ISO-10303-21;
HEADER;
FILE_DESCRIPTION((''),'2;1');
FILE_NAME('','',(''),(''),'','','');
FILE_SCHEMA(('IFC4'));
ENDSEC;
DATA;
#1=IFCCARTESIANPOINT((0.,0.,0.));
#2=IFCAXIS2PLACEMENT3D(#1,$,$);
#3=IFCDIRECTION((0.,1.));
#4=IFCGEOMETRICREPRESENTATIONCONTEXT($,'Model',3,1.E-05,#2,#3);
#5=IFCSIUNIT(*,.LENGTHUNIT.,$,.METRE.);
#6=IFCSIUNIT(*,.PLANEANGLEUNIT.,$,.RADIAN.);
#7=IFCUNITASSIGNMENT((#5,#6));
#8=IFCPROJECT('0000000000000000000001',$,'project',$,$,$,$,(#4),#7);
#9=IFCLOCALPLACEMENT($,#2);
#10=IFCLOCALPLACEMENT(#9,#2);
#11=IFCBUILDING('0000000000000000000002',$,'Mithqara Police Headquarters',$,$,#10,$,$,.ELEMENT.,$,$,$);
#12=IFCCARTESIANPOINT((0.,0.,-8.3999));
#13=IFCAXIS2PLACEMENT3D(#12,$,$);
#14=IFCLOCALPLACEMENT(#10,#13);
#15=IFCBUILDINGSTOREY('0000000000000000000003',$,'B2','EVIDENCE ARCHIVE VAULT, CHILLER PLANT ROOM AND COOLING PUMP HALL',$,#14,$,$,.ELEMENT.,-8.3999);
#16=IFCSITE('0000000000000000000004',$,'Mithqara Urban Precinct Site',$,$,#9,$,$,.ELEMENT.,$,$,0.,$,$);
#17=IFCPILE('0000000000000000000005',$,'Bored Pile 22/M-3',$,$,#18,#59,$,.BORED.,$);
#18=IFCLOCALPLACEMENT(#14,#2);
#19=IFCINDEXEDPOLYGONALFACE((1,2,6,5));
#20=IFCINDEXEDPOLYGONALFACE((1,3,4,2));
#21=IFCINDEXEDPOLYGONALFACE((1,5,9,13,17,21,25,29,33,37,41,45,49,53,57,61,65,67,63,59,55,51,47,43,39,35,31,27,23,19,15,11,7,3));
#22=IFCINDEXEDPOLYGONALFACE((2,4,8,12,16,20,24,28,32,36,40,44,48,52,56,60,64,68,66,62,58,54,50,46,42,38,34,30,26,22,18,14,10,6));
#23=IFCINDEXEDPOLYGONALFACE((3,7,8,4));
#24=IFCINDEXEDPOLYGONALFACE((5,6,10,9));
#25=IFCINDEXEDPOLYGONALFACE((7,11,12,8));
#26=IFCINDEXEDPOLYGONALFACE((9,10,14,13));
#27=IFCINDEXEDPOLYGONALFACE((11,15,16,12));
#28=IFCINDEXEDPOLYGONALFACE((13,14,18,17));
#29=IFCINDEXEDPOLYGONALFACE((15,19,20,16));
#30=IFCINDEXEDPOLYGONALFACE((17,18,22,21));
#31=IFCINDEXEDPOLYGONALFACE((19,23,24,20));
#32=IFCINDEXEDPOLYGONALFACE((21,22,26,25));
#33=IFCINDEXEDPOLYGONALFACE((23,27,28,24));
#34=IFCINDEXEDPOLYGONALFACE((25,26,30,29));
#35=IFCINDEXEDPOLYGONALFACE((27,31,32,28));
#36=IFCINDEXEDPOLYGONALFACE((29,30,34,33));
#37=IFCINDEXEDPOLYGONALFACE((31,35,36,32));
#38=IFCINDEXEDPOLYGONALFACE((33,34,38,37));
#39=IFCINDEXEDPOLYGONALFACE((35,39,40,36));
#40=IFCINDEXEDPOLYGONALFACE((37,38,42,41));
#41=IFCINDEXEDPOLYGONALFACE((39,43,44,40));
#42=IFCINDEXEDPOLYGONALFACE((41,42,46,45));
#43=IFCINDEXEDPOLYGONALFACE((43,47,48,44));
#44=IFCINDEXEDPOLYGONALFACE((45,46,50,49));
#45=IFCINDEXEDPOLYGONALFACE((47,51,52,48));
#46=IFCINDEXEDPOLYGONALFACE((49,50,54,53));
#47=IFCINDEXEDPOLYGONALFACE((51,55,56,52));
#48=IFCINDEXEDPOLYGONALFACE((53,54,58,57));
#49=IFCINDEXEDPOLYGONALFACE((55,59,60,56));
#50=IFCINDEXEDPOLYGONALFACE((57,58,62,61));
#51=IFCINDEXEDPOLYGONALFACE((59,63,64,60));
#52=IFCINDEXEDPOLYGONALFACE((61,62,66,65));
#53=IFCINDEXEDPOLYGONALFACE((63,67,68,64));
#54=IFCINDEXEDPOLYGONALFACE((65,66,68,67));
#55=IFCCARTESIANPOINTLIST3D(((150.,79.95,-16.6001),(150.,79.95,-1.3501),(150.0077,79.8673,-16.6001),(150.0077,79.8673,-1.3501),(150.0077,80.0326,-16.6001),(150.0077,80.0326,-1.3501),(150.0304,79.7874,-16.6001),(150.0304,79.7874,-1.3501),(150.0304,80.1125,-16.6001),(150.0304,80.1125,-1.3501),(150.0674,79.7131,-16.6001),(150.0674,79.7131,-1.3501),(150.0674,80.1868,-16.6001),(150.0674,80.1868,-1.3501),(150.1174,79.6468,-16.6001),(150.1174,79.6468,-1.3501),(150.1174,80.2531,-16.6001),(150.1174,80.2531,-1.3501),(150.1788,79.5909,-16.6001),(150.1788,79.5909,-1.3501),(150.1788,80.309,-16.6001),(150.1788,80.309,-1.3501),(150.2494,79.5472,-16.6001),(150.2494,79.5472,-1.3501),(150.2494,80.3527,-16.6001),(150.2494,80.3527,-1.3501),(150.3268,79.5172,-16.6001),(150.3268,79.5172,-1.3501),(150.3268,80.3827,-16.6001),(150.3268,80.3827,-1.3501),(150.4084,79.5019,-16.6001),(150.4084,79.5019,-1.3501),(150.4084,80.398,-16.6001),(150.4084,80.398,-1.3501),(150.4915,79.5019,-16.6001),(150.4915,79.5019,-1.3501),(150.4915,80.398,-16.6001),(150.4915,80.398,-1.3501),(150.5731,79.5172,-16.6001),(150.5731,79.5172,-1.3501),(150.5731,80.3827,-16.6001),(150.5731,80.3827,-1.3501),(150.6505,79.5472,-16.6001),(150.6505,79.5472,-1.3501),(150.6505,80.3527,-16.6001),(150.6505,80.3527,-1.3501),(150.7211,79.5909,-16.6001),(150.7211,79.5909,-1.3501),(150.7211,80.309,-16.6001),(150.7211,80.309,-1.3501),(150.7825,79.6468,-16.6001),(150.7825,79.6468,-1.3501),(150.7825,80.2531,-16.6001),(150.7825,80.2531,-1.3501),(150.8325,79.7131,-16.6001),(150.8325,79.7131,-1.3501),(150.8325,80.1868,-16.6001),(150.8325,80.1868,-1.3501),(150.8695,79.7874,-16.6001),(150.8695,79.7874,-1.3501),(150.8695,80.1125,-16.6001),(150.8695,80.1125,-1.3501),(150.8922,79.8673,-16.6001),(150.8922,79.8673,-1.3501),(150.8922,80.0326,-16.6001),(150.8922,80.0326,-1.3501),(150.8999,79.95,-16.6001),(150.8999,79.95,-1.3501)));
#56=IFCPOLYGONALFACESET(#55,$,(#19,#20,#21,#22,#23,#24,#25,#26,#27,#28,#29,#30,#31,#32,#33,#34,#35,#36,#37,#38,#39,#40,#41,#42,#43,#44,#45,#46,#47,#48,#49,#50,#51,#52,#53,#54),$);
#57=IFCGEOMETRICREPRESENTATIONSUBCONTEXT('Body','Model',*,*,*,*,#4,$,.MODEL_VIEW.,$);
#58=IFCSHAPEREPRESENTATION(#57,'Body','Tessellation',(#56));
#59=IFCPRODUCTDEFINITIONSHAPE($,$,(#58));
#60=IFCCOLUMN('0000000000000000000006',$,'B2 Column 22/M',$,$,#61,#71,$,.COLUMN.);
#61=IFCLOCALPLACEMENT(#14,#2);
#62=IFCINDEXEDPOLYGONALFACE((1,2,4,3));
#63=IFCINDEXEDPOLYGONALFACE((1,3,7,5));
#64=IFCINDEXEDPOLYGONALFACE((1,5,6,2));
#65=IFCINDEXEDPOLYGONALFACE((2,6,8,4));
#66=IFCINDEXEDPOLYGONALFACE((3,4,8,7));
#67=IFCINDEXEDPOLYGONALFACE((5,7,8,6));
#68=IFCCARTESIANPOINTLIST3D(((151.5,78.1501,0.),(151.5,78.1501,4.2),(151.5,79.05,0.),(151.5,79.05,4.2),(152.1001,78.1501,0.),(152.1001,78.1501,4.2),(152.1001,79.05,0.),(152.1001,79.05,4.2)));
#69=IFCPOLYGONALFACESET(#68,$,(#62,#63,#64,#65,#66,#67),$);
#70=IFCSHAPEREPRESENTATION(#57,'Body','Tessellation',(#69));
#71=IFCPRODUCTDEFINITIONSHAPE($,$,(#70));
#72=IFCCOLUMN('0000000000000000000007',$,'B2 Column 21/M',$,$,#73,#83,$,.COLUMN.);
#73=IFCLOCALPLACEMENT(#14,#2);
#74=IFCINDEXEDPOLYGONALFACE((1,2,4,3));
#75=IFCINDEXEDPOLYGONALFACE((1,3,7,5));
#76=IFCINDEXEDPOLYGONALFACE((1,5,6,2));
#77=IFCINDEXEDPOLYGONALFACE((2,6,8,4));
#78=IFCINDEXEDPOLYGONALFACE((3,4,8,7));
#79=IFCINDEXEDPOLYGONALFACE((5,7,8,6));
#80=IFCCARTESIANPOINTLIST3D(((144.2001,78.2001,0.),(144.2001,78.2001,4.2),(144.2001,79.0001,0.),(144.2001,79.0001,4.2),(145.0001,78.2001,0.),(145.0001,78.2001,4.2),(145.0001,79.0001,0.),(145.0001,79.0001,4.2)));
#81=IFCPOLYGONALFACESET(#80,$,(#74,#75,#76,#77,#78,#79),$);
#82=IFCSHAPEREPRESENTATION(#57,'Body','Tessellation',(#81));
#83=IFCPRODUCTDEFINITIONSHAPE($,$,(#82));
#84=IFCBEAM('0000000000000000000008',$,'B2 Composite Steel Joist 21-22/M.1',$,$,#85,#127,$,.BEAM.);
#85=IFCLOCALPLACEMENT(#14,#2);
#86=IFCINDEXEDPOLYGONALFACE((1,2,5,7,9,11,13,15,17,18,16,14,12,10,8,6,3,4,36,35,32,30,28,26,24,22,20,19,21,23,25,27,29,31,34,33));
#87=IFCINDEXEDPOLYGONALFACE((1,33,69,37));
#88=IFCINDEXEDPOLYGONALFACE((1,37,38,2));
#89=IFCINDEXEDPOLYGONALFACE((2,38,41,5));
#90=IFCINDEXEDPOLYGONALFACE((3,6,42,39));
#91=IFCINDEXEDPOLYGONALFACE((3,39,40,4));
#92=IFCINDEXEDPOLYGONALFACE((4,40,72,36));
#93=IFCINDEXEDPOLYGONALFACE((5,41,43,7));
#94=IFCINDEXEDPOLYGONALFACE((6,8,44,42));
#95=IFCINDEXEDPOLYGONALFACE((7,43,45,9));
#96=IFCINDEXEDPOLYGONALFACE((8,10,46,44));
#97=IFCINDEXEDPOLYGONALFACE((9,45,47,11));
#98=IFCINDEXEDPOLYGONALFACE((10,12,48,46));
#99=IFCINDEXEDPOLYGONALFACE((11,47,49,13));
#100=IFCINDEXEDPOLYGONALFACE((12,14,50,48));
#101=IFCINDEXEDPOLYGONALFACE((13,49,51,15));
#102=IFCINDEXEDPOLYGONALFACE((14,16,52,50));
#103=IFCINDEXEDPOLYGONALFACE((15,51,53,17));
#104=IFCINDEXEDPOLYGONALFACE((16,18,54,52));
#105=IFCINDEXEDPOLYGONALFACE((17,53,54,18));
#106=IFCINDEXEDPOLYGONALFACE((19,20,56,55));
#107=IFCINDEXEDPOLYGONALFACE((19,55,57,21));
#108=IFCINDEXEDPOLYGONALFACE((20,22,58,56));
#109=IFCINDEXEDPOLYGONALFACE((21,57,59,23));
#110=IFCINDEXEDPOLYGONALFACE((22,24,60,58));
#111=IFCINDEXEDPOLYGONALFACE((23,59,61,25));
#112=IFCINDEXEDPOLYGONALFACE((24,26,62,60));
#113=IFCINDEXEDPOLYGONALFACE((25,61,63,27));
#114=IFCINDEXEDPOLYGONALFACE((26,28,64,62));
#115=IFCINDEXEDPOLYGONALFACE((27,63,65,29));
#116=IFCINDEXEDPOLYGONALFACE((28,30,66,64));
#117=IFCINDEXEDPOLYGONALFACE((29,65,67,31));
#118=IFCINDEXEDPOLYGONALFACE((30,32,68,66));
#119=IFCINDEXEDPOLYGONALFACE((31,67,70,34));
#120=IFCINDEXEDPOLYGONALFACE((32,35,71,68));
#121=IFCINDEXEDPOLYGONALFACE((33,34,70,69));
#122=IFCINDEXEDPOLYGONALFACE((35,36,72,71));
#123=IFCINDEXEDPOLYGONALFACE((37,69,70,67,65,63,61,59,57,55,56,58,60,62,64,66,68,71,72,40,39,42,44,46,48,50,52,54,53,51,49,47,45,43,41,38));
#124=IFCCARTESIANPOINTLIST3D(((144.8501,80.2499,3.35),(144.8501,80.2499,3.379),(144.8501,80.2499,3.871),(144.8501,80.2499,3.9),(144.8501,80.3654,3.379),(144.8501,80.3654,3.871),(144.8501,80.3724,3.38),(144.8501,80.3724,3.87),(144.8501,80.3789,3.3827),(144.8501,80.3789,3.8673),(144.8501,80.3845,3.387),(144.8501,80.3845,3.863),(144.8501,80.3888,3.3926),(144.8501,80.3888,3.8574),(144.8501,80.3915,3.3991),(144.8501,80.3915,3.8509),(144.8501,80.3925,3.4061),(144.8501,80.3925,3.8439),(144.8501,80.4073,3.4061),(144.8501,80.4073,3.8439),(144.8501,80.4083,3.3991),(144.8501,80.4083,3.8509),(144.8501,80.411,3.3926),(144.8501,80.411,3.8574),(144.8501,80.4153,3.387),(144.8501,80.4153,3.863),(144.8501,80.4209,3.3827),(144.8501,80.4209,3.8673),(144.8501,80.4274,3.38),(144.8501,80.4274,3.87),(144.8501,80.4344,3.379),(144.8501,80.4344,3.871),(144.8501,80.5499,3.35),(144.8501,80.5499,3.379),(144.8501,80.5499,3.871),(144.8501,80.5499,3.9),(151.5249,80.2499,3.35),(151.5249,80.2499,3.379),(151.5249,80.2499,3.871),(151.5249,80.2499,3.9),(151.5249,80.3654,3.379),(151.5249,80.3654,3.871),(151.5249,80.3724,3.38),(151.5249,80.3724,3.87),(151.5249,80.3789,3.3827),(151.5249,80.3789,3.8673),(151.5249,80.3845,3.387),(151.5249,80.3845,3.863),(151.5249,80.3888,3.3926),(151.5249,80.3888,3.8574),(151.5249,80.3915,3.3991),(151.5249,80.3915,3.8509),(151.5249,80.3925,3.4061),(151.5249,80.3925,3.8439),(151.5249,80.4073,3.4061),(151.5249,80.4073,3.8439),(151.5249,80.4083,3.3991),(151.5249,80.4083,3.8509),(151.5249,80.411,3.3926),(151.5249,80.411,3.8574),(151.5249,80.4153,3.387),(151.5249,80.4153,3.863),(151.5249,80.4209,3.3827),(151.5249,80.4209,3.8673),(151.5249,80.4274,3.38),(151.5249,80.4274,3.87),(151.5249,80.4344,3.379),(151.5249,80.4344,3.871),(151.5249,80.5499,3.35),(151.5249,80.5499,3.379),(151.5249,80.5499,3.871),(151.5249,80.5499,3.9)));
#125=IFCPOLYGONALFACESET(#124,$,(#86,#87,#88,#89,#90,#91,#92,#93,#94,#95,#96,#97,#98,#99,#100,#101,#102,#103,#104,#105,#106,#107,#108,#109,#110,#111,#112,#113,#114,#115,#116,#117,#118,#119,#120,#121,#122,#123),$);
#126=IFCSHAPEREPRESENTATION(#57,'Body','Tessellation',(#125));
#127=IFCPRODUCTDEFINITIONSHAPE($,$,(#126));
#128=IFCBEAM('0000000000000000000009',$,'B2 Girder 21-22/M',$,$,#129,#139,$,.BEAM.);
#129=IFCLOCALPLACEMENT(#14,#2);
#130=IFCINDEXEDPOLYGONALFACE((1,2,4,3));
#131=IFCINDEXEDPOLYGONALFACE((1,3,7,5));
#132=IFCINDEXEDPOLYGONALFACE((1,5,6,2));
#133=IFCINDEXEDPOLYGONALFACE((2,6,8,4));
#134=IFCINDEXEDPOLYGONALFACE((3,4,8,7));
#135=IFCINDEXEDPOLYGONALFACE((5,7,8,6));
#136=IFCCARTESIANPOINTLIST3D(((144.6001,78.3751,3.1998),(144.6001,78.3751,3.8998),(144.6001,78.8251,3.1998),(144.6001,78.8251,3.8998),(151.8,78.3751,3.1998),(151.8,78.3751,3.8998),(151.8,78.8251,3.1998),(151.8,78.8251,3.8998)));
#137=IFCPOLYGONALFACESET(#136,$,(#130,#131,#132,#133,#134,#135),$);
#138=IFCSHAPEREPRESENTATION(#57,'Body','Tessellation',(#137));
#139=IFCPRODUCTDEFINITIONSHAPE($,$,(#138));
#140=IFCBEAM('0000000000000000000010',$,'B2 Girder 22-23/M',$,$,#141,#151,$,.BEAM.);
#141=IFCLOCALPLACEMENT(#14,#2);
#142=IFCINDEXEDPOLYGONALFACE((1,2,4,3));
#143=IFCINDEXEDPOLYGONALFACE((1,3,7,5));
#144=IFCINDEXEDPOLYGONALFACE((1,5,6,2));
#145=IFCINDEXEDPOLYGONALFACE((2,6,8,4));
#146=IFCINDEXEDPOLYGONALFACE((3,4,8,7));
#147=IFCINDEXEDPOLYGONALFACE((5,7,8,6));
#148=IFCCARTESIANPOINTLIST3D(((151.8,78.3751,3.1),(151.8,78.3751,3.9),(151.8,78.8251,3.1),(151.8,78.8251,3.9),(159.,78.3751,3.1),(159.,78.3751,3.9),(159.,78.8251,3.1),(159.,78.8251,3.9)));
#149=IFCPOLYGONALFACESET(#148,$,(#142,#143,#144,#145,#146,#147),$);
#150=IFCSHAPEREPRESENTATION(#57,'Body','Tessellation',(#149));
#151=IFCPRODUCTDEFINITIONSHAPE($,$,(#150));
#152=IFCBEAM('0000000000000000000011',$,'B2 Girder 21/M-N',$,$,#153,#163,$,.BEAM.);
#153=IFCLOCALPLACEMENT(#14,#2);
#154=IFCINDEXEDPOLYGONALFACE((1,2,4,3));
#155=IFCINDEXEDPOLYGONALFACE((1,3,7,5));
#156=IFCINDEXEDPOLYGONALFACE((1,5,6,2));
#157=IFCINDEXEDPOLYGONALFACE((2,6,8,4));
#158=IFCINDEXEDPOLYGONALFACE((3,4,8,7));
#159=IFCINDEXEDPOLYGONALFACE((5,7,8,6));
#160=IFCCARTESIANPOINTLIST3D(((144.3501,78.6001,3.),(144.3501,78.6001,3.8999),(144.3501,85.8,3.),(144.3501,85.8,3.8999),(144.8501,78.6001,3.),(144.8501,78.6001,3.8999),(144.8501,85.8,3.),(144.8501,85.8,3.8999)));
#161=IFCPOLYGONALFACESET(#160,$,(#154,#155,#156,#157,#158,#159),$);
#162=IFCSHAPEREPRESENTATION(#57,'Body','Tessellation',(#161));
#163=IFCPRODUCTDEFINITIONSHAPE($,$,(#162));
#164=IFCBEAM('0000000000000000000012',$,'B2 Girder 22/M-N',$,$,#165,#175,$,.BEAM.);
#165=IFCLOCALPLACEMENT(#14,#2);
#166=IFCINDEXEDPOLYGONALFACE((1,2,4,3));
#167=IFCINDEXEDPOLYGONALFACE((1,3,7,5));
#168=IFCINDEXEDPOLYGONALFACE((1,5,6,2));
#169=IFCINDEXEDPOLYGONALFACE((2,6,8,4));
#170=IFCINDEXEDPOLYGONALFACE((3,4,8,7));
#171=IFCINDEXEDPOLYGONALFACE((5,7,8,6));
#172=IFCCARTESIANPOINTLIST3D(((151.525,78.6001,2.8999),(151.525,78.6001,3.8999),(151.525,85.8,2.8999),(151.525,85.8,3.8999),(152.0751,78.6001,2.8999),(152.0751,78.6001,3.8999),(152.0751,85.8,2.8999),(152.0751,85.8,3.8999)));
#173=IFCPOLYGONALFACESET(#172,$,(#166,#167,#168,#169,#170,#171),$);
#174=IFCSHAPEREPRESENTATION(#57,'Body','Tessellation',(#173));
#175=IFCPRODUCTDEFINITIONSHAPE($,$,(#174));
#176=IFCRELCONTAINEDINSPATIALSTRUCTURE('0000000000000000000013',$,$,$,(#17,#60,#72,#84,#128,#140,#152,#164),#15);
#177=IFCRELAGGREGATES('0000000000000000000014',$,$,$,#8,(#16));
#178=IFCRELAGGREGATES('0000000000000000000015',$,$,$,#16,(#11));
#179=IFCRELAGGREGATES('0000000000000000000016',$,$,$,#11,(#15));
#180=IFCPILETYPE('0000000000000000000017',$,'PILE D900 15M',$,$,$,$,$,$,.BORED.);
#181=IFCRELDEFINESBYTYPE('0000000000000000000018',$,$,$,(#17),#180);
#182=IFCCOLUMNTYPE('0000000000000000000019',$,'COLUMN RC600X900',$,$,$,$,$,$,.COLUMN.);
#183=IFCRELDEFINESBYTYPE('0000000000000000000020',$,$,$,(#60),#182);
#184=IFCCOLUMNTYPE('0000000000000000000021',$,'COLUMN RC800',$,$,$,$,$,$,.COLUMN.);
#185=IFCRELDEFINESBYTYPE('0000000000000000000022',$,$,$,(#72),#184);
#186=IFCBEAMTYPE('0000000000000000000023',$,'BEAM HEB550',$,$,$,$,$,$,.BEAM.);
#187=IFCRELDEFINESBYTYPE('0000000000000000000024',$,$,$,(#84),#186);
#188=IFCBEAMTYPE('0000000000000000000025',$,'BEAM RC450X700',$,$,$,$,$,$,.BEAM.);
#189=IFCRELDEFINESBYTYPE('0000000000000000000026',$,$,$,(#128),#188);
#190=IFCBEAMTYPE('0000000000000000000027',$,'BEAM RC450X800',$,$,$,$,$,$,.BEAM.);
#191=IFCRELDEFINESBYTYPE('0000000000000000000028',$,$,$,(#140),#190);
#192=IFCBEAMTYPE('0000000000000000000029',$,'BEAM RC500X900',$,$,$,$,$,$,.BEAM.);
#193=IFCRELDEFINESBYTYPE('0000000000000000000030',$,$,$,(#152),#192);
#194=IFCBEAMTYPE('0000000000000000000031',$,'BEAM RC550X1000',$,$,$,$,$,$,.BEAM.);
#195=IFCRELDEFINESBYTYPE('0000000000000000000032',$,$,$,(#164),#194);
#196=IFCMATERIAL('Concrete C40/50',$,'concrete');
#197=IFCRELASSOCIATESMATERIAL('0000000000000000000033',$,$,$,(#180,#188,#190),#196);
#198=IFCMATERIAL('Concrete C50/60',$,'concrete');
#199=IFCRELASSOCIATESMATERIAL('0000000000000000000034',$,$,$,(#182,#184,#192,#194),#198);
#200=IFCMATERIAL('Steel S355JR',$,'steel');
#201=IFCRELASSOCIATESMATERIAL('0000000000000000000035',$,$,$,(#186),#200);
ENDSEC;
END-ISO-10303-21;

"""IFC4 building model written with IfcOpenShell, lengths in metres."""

from ifc_helpers import new_model, si_unit, direction, frame, origin, origin_2d, place, context, subcontext, project, spatial, rectangle, circle, i_section, extrude, material, material_profile, profile_set, type_object, element, save


model = new_model("IFC4")

# Units and contexts
model_context = context("Model", 3, precision=1e-05, world=origin(), true_north=direction((0.0, 1.0)))
body_context = subcontext(model_context, "Body", "Model", "MODEL_VIEW")
ifc_project = project(units=[si_unit("LENGTHUNIT", "METRE"), si_unit("PLANEANGLEUNIT", "RADIAN")], contexts=[model_context])

# Site, building, storey
site_placement = place(None, origin())
site = spatial("IfcSite", under=ifc_project, at=site_placement, Name="Mithqara Urban Precinct Site", CompositionType="ELEMENT", RefElevation=0.0)
building_placement = place(site_placement, origin())
building = spatial("IfcBuilding", under=site, at=building_placement, Name="Mithqara Police Headquarters", CompositionType="ELEMENT")
storey_placement = place(building_placement, frame((0.0, 0.0, -8.3999)))
storey = spatial("IfcBuildingStorey", under=building, at=storey_placement, Name="B2", Description="EVIDENCE ARCHIVE VAULT, CHILLER PLANT ROOM AND COOLING PUMP HALL", CompositionType="ELEMENT", Elevation=-8.3999)

# Shared definitions
ifc_material_1 = material(Name="Concrete C40/50", Category="concrete")

# Pile
ifc_material_profile_1 = material_profile(ifc_material_1, circle(Radius=0.45, at=origin_2d()), Name="PILE D900")
ifc_profile_set_1 = profile_set([ifc_material_profile_1], Name="Concrete C40/50")
pile_type = type_object("IfcPileType", Name="PILE D900 15M", PredefinedType="BORED", material=ifc_profile_set_1)
for number, where, z_axis, x_axis, name in (
    (1, (150.45, 79.95, -1.3501), (0.0, 0.0, -1.0), (1.0, 0.0, 0.0), "Bored Pile 22/M-3"),
):
    element("IfcPile", number, at=place(storey_placement, frame(where, z_axis=z_axis, x_axis=x_axis)), inside=storey, type_object=pile_type, Name=name, PredefinedType="BORED", context=body_context, shape_type="SweptSolid", body=[
        extrude(circle(Radius=0.45, at=origin_2d()), origin(), (0.0, 0.0, 1.0), 15.25),
    ])

# Columns
ifc_material_2 = material(Name="Concrete C50/60", Category="concrete")
ifc_material_profile_2 = material_profile(ifc_material_2, rectangle(XDim=0.6001, YDim=0.8999, at=origin_2d()), Name="RC 600x900")
ifc_profile_set_2 = profile_set([ifc_material_profile_2], Name="Concrete C50/60")
column_type_1 = type_object("IfcColumnType", Name="COLUMN RC600X900", PredefinedType="COLUMN", material=ifc_profile_set_2)
column_1_placement = place(storey_placement, frame((151.8, 78.6001, 0.0), z_axis=(0.0, 0.0, 1.0), x_axis=(1.0, 0.0, 0.0)))
element("IfcColumn", 2, at=column_1_placement, inside=storey, type_object=column_type_1, Name="B2 Column 22/M", PredefinedType="COLUMN", context=body_context, shape_type="SweptSolid", body=[
    extrude(rectangle(XDim=0.6001, YDim=0.8999, at=origin_2d()), origin(), (0.0, 0.0, 1.0), 4.2),
])
ifc_material_profile_3 = material_profile(ifc_material_2, rectangle(XDim=0.8, YDim=0.8, at=origin_2d()), Name="RC 800x800")
ifc_profile_set_3 = profile_set([ifc_material_profile_3], Name="Concrete C50/60")
column_type_2 = type_object("IfcColumnType", Name="COLUMN RC800", PredefinedType="COLUMN", material=ifc_profile_set_3)
column_2_placement = place(storey_placement, frame((144.6001, 78.6001, 0.0), z_axis=(0.0, 0.0, 1.0), x_axis=(1.0, 0.0, 0.0)))
element("IfcColumn", 3, at=column_2_placement, inside=storey, type_object=column_type_2, Name="B2 Column 21/M", PredefinedType="COLUMN", context=body_context, shape_type="SweptSolid", body=[
    extrude(rectangle(XDim=0.8, YDim=0.8, at=origin_2d()), origin(), (0.0, 0.0, 1.0), 4.2),
])

# Beams
ifc_material_3 = material(Name="Steel S355JR", Category="steel")
ifc_material_profile_4 = material_profile(ifc_material_3, i_section(OverallWidth=0.3, OverallDepth=0.55, WebThickness=0.0149, FlangeThickness=0.0291, FilletRadius=0.0271, at=origin_2d()), Name="HEB 550")
ifc_profile_set_4 = profile_set([ifc_material_profile_4], Name="Steel S355JR")
beam_type_1 = type_object("IfcBeamType", Name="BEAM HEB550", PredefinedType="BEAM", material=ifc_profile_set_4)
beam_1_placement = place(storey_placement, frame((144.8501, 80.3999, 3.625), z_axis=(1.0, 0.0, 0.0), x_axis=(0.0, 1.0, 0.0)))
element("IfcBeam", 4, at=beam_1_placement, inside=storey, type_object=beam_type_1, Name="B2 Composite Steel Joist 21-22/M.1", PredefinedType="BEAM", context=body_context, shape_type="SweptSolid", body=[
    extrude(i_section(OverallWidth=0.3, OverallDepth=0.55, WebThickness=0.0149, FlangeThickness=0.0291, FilletRadius=0.0271, at=origin_2d()), origin(), (0.0, 0.0, 1.0), 6.6748),
])
ifc_material_profile_5 = material_profile(ifc_material_1, rectangle(XDim=0.45, YDim=0.7, at=origin_2d()), Name="RC 450x700")
ifc_profile_set_5 = profile_set([ifc_material_profile_5], Name="Concrete C40/50")
beam_type_2 = type_object("IfcBeamType", Name="BEAM RC450X700", PredefinedType="BEAM", material=ifc_profile_set_5)
beam_2_placement = place(storey_placement, frame((144.6001, 78.6001, 3.5498), z_axis=(1.0, 0.0, 0.0), x_axis=(0.0, 1.0, 0.0)))
element("IfcBeam", 5, at=beam_2_placement, inside=storey, type_object=beam_type_2, Name="B2 Girder 21-22/M", PredefinedType="BEAM", context=body_context, shape_type="SweptSolid", body=[
    extrude(rectangle(XDim=0.45, YDim=0.7, at=origin_2d()), origin(), (0.0, 0.0, 1.0), 7.2),
])
ifc_material_profile_6 = material_profile(ifc_material_1, rectangle(XDim=0.45, YDim=0.8, at=origin_2d()), Name="RC 450x800")
ifc_profile_set_6 = profile_set([ifc_material_profile_6], Name="Concrete C40/50")
beam_type_3 = type_object("IfcBeamType", Name="BEAM RC450X800", PredefinedType="BEAM", material=ifc_profile_set_6)
beam_3_placement = place(storey_placement, frame((151.8, 78.6001, 3.5), z_axis=(1.0, 0.0, 0.0), x_axis=(0.0, 1.0, 0.0)))
element("IfcBeam", 6, at=beam_3_placement, inside=storey, type_object=beam_type_3, Name="B2 Girder 22-23/M", PredefinedType="BEAM", context=body_context, shape_type="SweptSolid", body=[
    extrude(rectangle(XDim=0.45, YDim=0.8, at=origin_2d()), origin(), (0.0, 0.0, 1.0), 7.2),
])
ifc_material_profile_7 = material_profile(ifc_material_2, rectangle(XDim=0.5, YDim=0.8999, at=origin_2d()), Name="RC 500x900")
ifc_profile_set_7 = profile_set([ifc_material_profile_7], Name="Concrete C50/60")
beam_type_4 = type_object("IfcBeamType", Name="BEAM RC500X900", PredefinedType="BEAM", material=ifc_profile_set_7)
beam_4_placement = place(storey_placement, frame((144.6001, 78.6001, 3.45), z_axis=(0.0, 1.0, 0.0), x_axis=(-1.0, 0.0, 0.0)))
element("IfcBeam", 7, at=beam_4_placement, inside=storey, type_object=beam_type_4, Name="B2 Girder 21/M-N", PredefinedType="BEAM", context=body_context, shape_type="SweptSolid", body=[
    extrude(rectangle(XDim=0.5, YDim=0.8999, at=origin_2d()), origin(), (0.0, 0.0, 1.0), 7.2),
])
ifc_material_profile_8 = material_profile(ifc_material_2, rectangle(XDim=0.55, YDim=1.0, at=origin_2d()), Name="RC 550x1000")
ifc_profile_set_8 = profile_set([ifc_material_profile_8], Name="Concrete C50/60")
beam_type_5 = type_object("IfcBeamType", Name="BEAM RC550X1000", PredefinedType="BEAM", material=ifc_profile_set_8)
beam_5_placement = place(storey_placement, frame((151.8, 78.6001, 3.3999), z_axis=(0.0, 1.0, 0.0), x_axis=(-1.0, 0.0, 0.0)))
element("IfcBeam", 8, at=beam_5_placement, inside=storey, type_object=beam_type_5, Name="B2 Girder 22/M-N", PredefinedType="BEAM", context=body_context, shape_type="SweptSolid", body=[
    extrude(rectangle(XDim=0.55, YDim=1.0, at=origin_2d()), origin(), (0.0, 0.0, 1.0), 7.2),
])

save(model, "model.ifc")
